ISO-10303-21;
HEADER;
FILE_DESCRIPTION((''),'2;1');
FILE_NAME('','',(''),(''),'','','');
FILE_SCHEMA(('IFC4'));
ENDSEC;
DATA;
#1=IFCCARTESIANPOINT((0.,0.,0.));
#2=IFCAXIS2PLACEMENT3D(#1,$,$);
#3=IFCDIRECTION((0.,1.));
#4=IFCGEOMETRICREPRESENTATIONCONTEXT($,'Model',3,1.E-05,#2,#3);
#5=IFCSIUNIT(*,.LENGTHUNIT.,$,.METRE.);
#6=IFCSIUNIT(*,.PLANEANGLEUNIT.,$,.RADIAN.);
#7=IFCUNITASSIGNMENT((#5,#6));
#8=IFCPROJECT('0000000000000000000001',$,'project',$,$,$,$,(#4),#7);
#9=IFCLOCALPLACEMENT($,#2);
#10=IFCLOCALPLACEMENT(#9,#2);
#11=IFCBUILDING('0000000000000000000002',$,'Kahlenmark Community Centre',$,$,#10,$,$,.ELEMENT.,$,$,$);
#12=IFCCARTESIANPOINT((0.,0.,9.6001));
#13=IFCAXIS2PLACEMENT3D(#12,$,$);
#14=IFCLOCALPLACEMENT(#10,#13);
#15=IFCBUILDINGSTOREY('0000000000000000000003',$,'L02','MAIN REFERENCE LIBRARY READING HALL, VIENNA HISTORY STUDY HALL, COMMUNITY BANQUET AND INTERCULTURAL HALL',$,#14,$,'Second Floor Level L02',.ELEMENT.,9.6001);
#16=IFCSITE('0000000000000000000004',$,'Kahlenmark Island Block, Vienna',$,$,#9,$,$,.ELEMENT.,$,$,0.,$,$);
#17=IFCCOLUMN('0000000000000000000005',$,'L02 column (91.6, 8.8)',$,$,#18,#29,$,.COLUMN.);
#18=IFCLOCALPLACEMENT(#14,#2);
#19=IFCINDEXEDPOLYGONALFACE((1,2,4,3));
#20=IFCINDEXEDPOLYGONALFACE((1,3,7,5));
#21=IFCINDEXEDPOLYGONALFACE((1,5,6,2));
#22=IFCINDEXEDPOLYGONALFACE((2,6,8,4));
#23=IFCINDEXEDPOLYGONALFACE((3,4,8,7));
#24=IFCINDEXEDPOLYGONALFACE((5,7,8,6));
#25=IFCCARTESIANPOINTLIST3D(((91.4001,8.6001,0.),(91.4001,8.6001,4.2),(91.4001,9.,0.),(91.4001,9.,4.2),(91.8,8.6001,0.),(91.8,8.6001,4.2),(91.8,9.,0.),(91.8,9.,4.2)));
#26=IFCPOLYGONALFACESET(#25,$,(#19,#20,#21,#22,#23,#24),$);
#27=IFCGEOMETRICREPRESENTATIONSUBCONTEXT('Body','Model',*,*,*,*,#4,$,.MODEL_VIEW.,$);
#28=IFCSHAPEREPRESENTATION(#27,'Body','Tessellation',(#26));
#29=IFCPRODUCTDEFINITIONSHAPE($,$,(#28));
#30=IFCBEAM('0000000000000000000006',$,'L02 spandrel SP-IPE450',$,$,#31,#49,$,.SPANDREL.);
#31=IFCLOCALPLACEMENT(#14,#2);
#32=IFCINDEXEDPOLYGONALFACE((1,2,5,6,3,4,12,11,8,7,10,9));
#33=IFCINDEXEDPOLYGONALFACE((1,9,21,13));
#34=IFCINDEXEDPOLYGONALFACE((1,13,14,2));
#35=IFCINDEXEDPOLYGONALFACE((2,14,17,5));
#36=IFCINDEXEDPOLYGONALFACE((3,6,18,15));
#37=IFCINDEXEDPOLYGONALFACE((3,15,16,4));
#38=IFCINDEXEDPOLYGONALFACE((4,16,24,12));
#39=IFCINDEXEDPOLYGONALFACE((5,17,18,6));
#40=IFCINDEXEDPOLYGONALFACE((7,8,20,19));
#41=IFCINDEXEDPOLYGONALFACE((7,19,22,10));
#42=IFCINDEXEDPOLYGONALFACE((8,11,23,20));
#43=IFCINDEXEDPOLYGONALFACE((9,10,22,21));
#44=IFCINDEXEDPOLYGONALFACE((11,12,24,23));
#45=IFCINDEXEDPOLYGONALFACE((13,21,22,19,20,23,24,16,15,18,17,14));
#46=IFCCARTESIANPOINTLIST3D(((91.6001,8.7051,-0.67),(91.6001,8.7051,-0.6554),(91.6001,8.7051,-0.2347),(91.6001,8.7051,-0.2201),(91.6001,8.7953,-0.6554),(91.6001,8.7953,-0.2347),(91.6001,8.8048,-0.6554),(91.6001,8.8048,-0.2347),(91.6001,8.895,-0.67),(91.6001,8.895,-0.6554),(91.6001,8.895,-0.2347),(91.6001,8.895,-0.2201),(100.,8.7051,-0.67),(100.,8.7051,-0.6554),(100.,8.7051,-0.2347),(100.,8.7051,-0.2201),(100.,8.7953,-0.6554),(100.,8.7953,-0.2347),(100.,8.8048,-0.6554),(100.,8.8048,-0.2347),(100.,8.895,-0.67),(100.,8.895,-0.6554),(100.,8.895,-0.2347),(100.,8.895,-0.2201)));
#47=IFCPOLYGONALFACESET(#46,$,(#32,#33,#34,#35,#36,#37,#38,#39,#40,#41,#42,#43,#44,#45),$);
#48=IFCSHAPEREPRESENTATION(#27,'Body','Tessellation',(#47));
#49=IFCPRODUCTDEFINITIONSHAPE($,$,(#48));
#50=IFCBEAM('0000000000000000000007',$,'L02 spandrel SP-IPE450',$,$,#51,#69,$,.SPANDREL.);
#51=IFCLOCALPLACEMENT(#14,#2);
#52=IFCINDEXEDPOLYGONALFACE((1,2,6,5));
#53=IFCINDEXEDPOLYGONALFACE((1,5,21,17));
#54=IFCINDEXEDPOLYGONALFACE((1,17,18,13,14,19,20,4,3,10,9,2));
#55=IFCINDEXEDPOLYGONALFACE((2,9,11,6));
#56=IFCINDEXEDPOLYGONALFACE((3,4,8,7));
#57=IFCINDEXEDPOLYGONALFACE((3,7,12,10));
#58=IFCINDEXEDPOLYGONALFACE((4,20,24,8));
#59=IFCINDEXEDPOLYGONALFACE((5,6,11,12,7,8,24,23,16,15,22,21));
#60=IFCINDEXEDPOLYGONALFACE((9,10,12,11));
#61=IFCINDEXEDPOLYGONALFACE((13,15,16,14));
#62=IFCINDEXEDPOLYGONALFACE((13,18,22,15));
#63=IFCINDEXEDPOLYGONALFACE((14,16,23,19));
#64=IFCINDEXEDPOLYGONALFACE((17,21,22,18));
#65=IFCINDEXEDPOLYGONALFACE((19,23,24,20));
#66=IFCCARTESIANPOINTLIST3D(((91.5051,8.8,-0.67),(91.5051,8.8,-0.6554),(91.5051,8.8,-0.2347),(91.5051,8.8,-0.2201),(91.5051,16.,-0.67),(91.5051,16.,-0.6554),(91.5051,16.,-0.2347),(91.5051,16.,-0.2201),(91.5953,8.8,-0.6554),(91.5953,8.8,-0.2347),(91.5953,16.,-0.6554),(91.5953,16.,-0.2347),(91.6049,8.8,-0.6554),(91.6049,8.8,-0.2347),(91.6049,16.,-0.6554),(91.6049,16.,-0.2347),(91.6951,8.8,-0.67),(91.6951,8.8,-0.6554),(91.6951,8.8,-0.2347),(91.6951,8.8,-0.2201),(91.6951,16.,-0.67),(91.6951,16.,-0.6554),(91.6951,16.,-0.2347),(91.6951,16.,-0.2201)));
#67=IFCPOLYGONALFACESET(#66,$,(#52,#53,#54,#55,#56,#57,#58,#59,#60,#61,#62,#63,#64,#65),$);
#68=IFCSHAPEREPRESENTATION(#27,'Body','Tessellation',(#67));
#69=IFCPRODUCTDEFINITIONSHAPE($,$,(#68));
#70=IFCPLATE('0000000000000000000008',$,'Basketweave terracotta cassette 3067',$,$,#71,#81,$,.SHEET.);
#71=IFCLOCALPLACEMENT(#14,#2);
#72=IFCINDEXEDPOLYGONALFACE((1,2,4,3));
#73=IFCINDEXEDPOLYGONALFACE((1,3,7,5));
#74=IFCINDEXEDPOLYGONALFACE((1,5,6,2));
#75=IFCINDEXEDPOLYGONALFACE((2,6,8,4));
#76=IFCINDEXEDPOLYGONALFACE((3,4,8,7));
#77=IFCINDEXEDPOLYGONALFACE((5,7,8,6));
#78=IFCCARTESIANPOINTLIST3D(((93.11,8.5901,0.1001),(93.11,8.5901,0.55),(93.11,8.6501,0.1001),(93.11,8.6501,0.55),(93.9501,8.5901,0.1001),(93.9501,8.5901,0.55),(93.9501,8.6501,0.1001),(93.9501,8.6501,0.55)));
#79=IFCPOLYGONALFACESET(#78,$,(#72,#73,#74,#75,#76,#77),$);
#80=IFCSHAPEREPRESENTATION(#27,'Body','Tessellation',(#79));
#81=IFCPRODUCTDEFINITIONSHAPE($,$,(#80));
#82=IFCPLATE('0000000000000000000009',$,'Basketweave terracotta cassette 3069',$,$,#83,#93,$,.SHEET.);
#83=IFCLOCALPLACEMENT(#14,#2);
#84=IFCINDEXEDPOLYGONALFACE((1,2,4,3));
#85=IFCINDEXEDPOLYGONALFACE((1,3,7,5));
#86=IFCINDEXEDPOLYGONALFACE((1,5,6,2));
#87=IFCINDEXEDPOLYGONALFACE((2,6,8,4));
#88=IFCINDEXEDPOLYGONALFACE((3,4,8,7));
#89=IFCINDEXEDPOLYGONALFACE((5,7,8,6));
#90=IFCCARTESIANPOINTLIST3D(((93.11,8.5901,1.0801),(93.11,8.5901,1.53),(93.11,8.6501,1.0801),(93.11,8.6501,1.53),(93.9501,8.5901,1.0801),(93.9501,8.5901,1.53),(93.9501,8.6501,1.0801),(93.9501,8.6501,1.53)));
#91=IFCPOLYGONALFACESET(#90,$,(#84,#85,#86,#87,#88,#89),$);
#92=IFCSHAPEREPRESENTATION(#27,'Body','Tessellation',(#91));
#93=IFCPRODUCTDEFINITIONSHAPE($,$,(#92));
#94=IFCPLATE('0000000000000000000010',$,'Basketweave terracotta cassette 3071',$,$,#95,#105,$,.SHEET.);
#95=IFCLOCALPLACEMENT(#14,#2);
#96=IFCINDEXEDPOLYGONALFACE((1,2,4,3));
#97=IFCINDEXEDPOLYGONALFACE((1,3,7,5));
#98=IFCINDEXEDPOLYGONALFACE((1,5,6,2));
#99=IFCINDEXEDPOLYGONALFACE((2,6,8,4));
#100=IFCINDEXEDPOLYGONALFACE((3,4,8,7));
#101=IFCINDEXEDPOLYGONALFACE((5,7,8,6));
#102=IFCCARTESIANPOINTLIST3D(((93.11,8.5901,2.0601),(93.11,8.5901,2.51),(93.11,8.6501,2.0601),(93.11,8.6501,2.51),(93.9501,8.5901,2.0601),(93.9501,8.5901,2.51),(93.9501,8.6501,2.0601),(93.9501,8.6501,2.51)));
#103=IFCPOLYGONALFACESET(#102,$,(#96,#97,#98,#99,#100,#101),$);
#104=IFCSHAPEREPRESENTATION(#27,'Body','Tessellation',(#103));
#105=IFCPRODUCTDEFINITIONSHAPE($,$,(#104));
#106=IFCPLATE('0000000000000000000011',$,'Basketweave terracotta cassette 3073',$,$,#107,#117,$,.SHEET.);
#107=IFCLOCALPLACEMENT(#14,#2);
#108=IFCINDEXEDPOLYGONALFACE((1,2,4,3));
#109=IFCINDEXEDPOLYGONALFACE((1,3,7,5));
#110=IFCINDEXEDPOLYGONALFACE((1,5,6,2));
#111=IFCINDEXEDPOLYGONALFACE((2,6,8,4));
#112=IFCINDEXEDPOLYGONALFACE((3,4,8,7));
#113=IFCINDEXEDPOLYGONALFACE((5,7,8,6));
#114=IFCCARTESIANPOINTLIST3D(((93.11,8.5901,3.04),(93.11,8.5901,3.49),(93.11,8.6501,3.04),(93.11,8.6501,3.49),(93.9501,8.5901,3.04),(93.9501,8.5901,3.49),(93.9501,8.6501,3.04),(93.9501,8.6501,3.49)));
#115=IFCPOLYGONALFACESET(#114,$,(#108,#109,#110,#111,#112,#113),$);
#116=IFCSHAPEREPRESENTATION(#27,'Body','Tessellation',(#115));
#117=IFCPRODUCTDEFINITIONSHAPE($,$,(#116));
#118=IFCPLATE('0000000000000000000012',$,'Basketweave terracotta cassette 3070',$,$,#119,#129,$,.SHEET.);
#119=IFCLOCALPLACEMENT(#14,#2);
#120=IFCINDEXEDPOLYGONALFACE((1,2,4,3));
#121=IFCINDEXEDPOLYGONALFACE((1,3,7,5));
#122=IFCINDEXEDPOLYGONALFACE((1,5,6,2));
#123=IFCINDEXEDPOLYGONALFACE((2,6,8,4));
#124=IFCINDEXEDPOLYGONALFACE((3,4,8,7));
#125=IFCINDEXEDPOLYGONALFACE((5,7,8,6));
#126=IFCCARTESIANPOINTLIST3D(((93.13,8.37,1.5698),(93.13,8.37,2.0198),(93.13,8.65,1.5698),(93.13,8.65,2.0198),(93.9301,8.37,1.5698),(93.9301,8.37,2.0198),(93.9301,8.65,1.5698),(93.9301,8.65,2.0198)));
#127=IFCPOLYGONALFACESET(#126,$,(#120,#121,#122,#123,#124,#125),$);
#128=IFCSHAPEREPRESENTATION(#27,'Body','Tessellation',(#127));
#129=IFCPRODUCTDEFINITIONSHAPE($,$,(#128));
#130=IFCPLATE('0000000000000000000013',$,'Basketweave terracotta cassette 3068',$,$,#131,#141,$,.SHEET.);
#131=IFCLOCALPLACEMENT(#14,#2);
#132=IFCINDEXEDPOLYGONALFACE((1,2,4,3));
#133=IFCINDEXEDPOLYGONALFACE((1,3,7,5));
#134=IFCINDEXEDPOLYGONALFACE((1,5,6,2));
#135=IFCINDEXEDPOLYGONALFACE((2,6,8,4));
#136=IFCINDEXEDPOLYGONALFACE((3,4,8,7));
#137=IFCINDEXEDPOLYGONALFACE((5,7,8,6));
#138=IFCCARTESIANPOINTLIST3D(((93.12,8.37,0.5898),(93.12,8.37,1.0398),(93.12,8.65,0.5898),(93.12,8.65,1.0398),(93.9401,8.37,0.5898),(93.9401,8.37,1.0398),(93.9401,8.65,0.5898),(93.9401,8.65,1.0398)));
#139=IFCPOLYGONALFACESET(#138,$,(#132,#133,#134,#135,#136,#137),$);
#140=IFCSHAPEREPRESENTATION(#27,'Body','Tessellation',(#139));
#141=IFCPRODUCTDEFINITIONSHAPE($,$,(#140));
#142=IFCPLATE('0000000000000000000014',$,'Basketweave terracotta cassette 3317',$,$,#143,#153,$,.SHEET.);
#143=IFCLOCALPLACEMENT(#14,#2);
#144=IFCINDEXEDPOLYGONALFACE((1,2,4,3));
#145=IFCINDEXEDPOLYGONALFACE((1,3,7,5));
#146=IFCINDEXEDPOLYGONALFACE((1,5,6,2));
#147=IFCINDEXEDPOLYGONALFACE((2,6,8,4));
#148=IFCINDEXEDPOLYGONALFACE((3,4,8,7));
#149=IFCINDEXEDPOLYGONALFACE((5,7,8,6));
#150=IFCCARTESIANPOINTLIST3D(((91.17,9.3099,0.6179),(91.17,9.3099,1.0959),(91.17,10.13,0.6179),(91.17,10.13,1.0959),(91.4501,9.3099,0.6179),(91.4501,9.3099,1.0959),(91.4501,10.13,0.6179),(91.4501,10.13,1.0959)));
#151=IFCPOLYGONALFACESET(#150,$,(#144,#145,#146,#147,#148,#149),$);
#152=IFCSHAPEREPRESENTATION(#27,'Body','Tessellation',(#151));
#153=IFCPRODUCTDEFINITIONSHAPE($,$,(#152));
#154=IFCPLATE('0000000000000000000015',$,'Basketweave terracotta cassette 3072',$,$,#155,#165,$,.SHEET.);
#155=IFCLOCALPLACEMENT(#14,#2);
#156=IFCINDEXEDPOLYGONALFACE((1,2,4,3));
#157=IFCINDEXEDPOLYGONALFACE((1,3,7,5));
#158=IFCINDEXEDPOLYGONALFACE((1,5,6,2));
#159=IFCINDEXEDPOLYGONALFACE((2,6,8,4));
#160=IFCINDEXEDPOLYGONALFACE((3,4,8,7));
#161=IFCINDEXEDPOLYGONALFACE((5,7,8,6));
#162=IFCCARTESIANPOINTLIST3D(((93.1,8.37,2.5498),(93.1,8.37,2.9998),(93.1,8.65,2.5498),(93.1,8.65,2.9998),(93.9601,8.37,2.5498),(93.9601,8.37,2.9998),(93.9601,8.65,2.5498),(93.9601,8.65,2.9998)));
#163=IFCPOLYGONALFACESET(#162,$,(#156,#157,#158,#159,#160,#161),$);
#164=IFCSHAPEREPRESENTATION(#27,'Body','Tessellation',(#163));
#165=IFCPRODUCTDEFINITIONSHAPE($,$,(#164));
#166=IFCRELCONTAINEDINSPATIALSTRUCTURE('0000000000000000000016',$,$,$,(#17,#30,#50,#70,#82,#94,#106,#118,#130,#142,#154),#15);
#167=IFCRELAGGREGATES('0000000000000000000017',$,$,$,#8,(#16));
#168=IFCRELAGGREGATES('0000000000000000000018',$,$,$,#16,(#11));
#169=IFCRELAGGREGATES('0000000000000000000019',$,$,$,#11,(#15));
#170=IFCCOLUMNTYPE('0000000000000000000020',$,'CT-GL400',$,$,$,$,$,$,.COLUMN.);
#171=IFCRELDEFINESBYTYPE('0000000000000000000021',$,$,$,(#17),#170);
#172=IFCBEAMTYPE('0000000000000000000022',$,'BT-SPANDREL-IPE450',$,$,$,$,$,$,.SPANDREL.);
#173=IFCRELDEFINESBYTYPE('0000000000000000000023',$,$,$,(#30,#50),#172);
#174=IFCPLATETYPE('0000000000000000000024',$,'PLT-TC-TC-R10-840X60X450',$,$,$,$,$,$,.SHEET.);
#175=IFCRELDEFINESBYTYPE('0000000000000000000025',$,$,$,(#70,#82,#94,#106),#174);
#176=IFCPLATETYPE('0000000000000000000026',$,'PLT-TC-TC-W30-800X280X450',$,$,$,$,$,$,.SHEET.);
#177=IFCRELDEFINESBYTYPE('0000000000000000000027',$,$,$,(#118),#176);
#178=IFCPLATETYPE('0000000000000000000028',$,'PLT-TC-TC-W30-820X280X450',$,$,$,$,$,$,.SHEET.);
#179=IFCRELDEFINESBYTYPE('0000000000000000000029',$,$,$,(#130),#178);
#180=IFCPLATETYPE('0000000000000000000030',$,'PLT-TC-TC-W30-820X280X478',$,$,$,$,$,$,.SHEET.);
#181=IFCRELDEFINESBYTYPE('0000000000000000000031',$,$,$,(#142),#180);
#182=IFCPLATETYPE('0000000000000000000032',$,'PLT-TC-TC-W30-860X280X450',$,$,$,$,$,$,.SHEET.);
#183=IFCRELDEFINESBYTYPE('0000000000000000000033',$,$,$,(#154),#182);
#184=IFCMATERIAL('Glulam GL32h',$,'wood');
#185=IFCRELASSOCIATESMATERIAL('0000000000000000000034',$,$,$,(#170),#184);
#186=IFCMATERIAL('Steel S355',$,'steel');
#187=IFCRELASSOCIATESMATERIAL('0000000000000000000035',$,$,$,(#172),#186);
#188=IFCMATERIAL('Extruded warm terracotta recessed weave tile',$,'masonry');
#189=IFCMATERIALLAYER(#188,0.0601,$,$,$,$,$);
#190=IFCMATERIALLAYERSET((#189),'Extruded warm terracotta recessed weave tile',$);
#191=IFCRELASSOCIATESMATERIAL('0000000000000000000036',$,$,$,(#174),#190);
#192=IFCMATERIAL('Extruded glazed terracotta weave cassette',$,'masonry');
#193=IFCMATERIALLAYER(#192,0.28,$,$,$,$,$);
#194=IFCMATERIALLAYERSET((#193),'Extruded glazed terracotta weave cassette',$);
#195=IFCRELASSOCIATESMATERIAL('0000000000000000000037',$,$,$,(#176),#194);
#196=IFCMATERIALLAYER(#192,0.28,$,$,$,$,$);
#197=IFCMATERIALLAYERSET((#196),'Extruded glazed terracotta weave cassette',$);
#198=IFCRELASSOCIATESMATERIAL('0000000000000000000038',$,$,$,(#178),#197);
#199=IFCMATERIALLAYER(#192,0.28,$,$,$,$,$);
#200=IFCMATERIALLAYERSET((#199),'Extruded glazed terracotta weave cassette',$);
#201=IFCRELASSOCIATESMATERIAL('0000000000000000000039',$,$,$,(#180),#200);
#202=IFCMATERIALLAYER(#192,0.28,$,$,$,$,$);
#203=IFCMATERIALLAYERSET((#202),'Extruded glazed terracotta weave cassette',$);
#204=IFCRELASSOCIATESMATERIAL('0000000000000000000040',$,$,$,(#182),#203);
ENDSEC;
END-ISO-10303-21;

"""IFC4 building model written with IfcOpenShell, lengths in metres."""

from ifc_helpers import new_model, si_unit, direction, frame, origin, origin_2d, place, context, subcontext, project, spatial, rectangle, i_section, extrude, material, layer, layer_set, material_profile, profile_set, type_object, element, save


model = new_model("IFC4")

# Units and contexts
model_context = context("Model", 3, precision=1e-05, world=origin(), true_north=direction((0.0, 1.0)))
body_context = subcontext(model_context, "Body", "Model", "MODEL_VIEW")
ifc_project = project(units=[si_unit("LENGTHUNIT", "METRE"), si_unit("PLANEANGLEUNIT", "RADIAN")], contexts=[model_context])

# Site, building, storey
site_placement = place(None, origin())
site = spatial("IfcSite", under=ifc_project, at=site_placement, Name="Kahlenmark Island Block, Vienna", CompositionType="ELEMENT", RefElevation=0.0)
building_placement = place(site_placement, origin())
building = spatial("IfcBuilding", under=site, at=building_placement, Name="Kahlenmark Community Centre", CompositionType="ELEMENT")
storey_placement = place(building_placement, frame((0.0, 0.0, 9.6001)))
storey = spatial("IfcBuildingStorey", under=building, at=storey_placement, Name="L02", Description="MAIN REFERENCE LIBRARY READING HALL, VIENNA HISTORY STUDY HALL, COMMUNITY BANQUET AND INTERCULTURAL HALL", LongName="Second Floor Level L02", CompositionType="ELEMENT", Elevation=9.6001)

# Column
ifc_material_1 = material(Name="Glulam GL32h", Category="wood")
ifc_material_profile_1 = material_profile(ifc_material_1, rectangle(XDim=0.3999, YDim=0.3999, at=origin_2d()), Name="GL32h 400x400")
ifc_profile_set_1 = profile_set([ifc_material_profile_1], Name="Glulam GL32h")
column_type = type_object("IfcColumnType", Name="CT-GL400", PredefinedType="COLUMN", material=ifc_profile_set_1)
column_placement = place(storey_placement, frame((91.6001, 8.8, 0.0), z_axis=(0.0, 0.0, 1.0), x_axis=(1.0, 0.0, 0.0)))
element("IfcColumn", 1, at=column_placement, inside=storey, type_object=column_type, Name="L02 column (91.6, 8.8)", PredefinedType="COLUMN", context=body_context, shape_type="SweptSolid", body=[
    extrude(rectangle(XDim=0.3999, YDim=0.3999, at=origin_2d()), origin(), (0.0, 0.0, 1.0), 4.2),
])

# Beams
ifc_material_2 = material(Name="Steel S355", Category="steel")
ifc_material_profile_2 = material_profile(ifc_material_2, i_section(OverallWidth=0.1899, OverallDepth=0.45, WebThickness=0.0095, FlangeThickness=0.0146, at=origin_2d()), Name="IPE 450")
ifc_profile_set_2 = profile_set([ifc_material_profile_2], Name="Steel S355")
beam_type = type_object("IfcBeamType", Name="BT-SPANDREL-IPE450", PredefinedType="SPANDREL", material=ifc_profile_set_2)
beam_1_placement = place(storey_placement, frame((91.6001, 8.8, -0.4451), z_axis=(1.0, 0.0, 0.0), x_axis=(0.0, 1.0, 0.0)))
element("IfcBeam", 2, at=beam_1_placement, inside=storey, type_object=beam_type, Name="L02 spandrel SP-IPE450", PredefinedType="SPANDREL", context=body_context, shape_type="SweptSolid", body=[
    extrude(i_section(OverallWidth=0.1899, OverallDepth=0.45, WebThickness=0.0095, FlangeThickness=0.0146, at=origin_2d()), origin(), (0.0, 0.0, 1.0), 8.3999),
])
beam_2_placement = place(storey_placement, frame((91.6001, 8.8, -0.4451), z_axis=(0.0, 1.0, 0.0), x_axis=(-1.0, 0.0, 0.0)))
element("IfcBeam", 3, at=beam_2_placement, inside=storey, type_object=beam_type, Name="L02 spandrel SP-IPE450", PredefinedType="SPANDREL", context=body_context, shape_type="SweptSolid", body=[
    extrude(i_section(OverallWidth=0.1899, OverallDepth=0.45, WebThickness=0.0095, FlangeThickness=0.0146, at=origin_2d()), origin(), (0.0, 0.0, 1.0), 7.2),
])

# Plates
ifc_material_3 = material(Name="Extruded warm terracotta recessed weave tile", Category="masonry")
ifc_layer_1 = layer(ifc_material_3, 0.0601)
ifc_layer_set_1 = layer_set([ifc_layer_1], Name="Extruded warm terracotta recessed weave tile")
plate_type_1 = type_object("IfcPlateType", Name="PLT-TC-TC-R10-840X60X450", PredefinedType="SHEET", material=ifc_layer_set_1)
for number, where, z_axis, x_axis, name in (
    (4, (93.53, 8.6201, 0.1001), (0.0, 0.0, 1.0), (1.0, 0.0, 0.0), "Basketweave terracotta cassette 3067"),
    (5, (93.53, 8.6201, 1.0801), (0.0, 0.0, 1.0), (1.0, 0.0, 0.0), "Basketweave terracotta cassette 3069"),
    (6, (93.53, 8.6201, 2.0601), (0.0, 0.0, 1.0), (1.0, 0.0, 0.0), "Basketweave terracotta cassette 3071"),
    (7, (93.53, 8.6201, 3.04), (0.0, 0.0, 1.0), (1.0, 0.0, 0.0), "Basketweave terracotta cassette 3073"),
):
    element("IfcPlate", number, at=place(storey_placement, frame(where, z_axis=z_axis, x_axis=x_axis)), inside=storey, type_object=plate_type_1, Name=name, PredefinedType="SHEET", context=body_context, shape_type="SweptSolid", body=[
        extrude(rectangle(XDim=0.8401, YDim=0.0601, at=origin_2d()), origin(), (0.0, 0.0, 1.0), 0.45),
    ])
ifc_material_4 = material(Name="Extruded glazed terracotta weave cassette", Category="masonry")
ifc_layer_2 = layer(ifc_material_4, 0.28)
ifc_layer_set_2 = layer_set([ifc_layer_2], Name="Extruded glazed terracotta weave cassette")
plate_type_2 = type_object("IfcPlateType", Name="PLT-TC-TC-W30-800X280X450", PredefinedType="SHEET", material=ifc_layer_set_2)
plate_1_placement = place(storey_placement, frame((93.53, 8.51, 1.5698), z_axis=(0.0, 0.0, 1.0), x_axis=(1.0, 0.0, 0.0)))
element("IfcPlate", 8, at=plate_1_placement, inside=storey, type_object=plate_type_2, Name="Basketweave terracotta cassette 3070", PredefinedType="SHEET", context=body_context, shape_type="SweptSolid", body=[
    extrude(rectangle(XDim=0.8, YDim=0.28, at=origin_2d()), origin(), (0.0, 0.0, 1.0), 0.45),
])
ifc_layer_3 = layer(ifc_material_4, 0.28)
ifc_layer_set_3 = layer_set([ifc_layer_3], Name="Extruded glazed terracotta weave cassette")
plate_type_3 = type_object("IfcPlateType", Name="PLT-TC-TC-W30-820X280X450", PredefinedType="SHEET", material=ifc_layer_set_3)
plate_2_placement = place(storey_placement, frame((93.53, 8.51, 0.5898), z_axis=(0.0, 0.0, 1.0), x_axis=(1.0, 0.0, 0.0)))
element("IfcPlate", 9, at=plate_2_placement, inside=storey, type_object=plate_type_3, Name="Basketweave terracotta cassette 3068", PredefinedType="SHEET", context=body_context, shape_type="SweptSolid", body=[
    extrude(rectangle(XDim=0.8201, YDim=0.28, at=origin_2d()), origin(), (0.0, 0.0, 1.0), 0.45),
])
ifc_layer_4 = layer(ifc_material_4, 0.28)
ifc_layer_set_4 = layer_set([ifc_layer_4], Name="Extruded glazed terracotta weave cassette")
plate_type_4 = type_object("IfcPlateType", Name="PLT-TC-TC-W30-820X280X478", PredefinedType="SHEET", material=ifc_layer_set_4)
plate_3_placement = place(storey_placement, frame((91.3101, 9.72, 0.6179), z_axis=(0.0, 0.0, 1.0), x_axis=(0.0, -1.0, 0.0)))
element("IfcPlate", 10, at=plate_3_placement, inside=storey, type_object=plate_type_4, Name="Basketweave terracotta cassette 3317", PredefinedType="SHEET", context=body_context, shape_type="SweptSolid", body=[
    extrude(rectangle(XDim=0.8201, YDim=0.28, at=origin_2d()), origin(), (0.0, 0.0, 1.0), 0.478),
])
ifc_layer_5 = layer(ifc_material_4, 0.28)
ifc_layer_set_5 = layer_set([ifc_layer_5], Name="Extruded glazed terracotta weave cassette")
plate_type_5 = type_object("IfcPlateType", Name="PLT-TC-TC-W30-860X280X450", PredefinedType="SHEET", material=ifc_layer_set_5)
plate_4_placement = place(storey_placement, frame((93.53, 8.51, 2.5498), z_axis=(0.0, 0.0, 1.0), x_axis=(1.0, 0.0, 0.0)))
element("IfcPlate", 11, at=plate_4_placement, inside=storey, type_object=plate_type_5, Name="Basketweave terracotta cassette 3072", PredefinedType="SHEET", context=body_context, shape_type="SweptSolid", body=[
    extrude(rectangle(XDim=0.8601, YDim=0.28, at=origin_2d()), origin(), (0.0, 0.0, 1.0), 0.45),
])

save(model, "model.ifc")
